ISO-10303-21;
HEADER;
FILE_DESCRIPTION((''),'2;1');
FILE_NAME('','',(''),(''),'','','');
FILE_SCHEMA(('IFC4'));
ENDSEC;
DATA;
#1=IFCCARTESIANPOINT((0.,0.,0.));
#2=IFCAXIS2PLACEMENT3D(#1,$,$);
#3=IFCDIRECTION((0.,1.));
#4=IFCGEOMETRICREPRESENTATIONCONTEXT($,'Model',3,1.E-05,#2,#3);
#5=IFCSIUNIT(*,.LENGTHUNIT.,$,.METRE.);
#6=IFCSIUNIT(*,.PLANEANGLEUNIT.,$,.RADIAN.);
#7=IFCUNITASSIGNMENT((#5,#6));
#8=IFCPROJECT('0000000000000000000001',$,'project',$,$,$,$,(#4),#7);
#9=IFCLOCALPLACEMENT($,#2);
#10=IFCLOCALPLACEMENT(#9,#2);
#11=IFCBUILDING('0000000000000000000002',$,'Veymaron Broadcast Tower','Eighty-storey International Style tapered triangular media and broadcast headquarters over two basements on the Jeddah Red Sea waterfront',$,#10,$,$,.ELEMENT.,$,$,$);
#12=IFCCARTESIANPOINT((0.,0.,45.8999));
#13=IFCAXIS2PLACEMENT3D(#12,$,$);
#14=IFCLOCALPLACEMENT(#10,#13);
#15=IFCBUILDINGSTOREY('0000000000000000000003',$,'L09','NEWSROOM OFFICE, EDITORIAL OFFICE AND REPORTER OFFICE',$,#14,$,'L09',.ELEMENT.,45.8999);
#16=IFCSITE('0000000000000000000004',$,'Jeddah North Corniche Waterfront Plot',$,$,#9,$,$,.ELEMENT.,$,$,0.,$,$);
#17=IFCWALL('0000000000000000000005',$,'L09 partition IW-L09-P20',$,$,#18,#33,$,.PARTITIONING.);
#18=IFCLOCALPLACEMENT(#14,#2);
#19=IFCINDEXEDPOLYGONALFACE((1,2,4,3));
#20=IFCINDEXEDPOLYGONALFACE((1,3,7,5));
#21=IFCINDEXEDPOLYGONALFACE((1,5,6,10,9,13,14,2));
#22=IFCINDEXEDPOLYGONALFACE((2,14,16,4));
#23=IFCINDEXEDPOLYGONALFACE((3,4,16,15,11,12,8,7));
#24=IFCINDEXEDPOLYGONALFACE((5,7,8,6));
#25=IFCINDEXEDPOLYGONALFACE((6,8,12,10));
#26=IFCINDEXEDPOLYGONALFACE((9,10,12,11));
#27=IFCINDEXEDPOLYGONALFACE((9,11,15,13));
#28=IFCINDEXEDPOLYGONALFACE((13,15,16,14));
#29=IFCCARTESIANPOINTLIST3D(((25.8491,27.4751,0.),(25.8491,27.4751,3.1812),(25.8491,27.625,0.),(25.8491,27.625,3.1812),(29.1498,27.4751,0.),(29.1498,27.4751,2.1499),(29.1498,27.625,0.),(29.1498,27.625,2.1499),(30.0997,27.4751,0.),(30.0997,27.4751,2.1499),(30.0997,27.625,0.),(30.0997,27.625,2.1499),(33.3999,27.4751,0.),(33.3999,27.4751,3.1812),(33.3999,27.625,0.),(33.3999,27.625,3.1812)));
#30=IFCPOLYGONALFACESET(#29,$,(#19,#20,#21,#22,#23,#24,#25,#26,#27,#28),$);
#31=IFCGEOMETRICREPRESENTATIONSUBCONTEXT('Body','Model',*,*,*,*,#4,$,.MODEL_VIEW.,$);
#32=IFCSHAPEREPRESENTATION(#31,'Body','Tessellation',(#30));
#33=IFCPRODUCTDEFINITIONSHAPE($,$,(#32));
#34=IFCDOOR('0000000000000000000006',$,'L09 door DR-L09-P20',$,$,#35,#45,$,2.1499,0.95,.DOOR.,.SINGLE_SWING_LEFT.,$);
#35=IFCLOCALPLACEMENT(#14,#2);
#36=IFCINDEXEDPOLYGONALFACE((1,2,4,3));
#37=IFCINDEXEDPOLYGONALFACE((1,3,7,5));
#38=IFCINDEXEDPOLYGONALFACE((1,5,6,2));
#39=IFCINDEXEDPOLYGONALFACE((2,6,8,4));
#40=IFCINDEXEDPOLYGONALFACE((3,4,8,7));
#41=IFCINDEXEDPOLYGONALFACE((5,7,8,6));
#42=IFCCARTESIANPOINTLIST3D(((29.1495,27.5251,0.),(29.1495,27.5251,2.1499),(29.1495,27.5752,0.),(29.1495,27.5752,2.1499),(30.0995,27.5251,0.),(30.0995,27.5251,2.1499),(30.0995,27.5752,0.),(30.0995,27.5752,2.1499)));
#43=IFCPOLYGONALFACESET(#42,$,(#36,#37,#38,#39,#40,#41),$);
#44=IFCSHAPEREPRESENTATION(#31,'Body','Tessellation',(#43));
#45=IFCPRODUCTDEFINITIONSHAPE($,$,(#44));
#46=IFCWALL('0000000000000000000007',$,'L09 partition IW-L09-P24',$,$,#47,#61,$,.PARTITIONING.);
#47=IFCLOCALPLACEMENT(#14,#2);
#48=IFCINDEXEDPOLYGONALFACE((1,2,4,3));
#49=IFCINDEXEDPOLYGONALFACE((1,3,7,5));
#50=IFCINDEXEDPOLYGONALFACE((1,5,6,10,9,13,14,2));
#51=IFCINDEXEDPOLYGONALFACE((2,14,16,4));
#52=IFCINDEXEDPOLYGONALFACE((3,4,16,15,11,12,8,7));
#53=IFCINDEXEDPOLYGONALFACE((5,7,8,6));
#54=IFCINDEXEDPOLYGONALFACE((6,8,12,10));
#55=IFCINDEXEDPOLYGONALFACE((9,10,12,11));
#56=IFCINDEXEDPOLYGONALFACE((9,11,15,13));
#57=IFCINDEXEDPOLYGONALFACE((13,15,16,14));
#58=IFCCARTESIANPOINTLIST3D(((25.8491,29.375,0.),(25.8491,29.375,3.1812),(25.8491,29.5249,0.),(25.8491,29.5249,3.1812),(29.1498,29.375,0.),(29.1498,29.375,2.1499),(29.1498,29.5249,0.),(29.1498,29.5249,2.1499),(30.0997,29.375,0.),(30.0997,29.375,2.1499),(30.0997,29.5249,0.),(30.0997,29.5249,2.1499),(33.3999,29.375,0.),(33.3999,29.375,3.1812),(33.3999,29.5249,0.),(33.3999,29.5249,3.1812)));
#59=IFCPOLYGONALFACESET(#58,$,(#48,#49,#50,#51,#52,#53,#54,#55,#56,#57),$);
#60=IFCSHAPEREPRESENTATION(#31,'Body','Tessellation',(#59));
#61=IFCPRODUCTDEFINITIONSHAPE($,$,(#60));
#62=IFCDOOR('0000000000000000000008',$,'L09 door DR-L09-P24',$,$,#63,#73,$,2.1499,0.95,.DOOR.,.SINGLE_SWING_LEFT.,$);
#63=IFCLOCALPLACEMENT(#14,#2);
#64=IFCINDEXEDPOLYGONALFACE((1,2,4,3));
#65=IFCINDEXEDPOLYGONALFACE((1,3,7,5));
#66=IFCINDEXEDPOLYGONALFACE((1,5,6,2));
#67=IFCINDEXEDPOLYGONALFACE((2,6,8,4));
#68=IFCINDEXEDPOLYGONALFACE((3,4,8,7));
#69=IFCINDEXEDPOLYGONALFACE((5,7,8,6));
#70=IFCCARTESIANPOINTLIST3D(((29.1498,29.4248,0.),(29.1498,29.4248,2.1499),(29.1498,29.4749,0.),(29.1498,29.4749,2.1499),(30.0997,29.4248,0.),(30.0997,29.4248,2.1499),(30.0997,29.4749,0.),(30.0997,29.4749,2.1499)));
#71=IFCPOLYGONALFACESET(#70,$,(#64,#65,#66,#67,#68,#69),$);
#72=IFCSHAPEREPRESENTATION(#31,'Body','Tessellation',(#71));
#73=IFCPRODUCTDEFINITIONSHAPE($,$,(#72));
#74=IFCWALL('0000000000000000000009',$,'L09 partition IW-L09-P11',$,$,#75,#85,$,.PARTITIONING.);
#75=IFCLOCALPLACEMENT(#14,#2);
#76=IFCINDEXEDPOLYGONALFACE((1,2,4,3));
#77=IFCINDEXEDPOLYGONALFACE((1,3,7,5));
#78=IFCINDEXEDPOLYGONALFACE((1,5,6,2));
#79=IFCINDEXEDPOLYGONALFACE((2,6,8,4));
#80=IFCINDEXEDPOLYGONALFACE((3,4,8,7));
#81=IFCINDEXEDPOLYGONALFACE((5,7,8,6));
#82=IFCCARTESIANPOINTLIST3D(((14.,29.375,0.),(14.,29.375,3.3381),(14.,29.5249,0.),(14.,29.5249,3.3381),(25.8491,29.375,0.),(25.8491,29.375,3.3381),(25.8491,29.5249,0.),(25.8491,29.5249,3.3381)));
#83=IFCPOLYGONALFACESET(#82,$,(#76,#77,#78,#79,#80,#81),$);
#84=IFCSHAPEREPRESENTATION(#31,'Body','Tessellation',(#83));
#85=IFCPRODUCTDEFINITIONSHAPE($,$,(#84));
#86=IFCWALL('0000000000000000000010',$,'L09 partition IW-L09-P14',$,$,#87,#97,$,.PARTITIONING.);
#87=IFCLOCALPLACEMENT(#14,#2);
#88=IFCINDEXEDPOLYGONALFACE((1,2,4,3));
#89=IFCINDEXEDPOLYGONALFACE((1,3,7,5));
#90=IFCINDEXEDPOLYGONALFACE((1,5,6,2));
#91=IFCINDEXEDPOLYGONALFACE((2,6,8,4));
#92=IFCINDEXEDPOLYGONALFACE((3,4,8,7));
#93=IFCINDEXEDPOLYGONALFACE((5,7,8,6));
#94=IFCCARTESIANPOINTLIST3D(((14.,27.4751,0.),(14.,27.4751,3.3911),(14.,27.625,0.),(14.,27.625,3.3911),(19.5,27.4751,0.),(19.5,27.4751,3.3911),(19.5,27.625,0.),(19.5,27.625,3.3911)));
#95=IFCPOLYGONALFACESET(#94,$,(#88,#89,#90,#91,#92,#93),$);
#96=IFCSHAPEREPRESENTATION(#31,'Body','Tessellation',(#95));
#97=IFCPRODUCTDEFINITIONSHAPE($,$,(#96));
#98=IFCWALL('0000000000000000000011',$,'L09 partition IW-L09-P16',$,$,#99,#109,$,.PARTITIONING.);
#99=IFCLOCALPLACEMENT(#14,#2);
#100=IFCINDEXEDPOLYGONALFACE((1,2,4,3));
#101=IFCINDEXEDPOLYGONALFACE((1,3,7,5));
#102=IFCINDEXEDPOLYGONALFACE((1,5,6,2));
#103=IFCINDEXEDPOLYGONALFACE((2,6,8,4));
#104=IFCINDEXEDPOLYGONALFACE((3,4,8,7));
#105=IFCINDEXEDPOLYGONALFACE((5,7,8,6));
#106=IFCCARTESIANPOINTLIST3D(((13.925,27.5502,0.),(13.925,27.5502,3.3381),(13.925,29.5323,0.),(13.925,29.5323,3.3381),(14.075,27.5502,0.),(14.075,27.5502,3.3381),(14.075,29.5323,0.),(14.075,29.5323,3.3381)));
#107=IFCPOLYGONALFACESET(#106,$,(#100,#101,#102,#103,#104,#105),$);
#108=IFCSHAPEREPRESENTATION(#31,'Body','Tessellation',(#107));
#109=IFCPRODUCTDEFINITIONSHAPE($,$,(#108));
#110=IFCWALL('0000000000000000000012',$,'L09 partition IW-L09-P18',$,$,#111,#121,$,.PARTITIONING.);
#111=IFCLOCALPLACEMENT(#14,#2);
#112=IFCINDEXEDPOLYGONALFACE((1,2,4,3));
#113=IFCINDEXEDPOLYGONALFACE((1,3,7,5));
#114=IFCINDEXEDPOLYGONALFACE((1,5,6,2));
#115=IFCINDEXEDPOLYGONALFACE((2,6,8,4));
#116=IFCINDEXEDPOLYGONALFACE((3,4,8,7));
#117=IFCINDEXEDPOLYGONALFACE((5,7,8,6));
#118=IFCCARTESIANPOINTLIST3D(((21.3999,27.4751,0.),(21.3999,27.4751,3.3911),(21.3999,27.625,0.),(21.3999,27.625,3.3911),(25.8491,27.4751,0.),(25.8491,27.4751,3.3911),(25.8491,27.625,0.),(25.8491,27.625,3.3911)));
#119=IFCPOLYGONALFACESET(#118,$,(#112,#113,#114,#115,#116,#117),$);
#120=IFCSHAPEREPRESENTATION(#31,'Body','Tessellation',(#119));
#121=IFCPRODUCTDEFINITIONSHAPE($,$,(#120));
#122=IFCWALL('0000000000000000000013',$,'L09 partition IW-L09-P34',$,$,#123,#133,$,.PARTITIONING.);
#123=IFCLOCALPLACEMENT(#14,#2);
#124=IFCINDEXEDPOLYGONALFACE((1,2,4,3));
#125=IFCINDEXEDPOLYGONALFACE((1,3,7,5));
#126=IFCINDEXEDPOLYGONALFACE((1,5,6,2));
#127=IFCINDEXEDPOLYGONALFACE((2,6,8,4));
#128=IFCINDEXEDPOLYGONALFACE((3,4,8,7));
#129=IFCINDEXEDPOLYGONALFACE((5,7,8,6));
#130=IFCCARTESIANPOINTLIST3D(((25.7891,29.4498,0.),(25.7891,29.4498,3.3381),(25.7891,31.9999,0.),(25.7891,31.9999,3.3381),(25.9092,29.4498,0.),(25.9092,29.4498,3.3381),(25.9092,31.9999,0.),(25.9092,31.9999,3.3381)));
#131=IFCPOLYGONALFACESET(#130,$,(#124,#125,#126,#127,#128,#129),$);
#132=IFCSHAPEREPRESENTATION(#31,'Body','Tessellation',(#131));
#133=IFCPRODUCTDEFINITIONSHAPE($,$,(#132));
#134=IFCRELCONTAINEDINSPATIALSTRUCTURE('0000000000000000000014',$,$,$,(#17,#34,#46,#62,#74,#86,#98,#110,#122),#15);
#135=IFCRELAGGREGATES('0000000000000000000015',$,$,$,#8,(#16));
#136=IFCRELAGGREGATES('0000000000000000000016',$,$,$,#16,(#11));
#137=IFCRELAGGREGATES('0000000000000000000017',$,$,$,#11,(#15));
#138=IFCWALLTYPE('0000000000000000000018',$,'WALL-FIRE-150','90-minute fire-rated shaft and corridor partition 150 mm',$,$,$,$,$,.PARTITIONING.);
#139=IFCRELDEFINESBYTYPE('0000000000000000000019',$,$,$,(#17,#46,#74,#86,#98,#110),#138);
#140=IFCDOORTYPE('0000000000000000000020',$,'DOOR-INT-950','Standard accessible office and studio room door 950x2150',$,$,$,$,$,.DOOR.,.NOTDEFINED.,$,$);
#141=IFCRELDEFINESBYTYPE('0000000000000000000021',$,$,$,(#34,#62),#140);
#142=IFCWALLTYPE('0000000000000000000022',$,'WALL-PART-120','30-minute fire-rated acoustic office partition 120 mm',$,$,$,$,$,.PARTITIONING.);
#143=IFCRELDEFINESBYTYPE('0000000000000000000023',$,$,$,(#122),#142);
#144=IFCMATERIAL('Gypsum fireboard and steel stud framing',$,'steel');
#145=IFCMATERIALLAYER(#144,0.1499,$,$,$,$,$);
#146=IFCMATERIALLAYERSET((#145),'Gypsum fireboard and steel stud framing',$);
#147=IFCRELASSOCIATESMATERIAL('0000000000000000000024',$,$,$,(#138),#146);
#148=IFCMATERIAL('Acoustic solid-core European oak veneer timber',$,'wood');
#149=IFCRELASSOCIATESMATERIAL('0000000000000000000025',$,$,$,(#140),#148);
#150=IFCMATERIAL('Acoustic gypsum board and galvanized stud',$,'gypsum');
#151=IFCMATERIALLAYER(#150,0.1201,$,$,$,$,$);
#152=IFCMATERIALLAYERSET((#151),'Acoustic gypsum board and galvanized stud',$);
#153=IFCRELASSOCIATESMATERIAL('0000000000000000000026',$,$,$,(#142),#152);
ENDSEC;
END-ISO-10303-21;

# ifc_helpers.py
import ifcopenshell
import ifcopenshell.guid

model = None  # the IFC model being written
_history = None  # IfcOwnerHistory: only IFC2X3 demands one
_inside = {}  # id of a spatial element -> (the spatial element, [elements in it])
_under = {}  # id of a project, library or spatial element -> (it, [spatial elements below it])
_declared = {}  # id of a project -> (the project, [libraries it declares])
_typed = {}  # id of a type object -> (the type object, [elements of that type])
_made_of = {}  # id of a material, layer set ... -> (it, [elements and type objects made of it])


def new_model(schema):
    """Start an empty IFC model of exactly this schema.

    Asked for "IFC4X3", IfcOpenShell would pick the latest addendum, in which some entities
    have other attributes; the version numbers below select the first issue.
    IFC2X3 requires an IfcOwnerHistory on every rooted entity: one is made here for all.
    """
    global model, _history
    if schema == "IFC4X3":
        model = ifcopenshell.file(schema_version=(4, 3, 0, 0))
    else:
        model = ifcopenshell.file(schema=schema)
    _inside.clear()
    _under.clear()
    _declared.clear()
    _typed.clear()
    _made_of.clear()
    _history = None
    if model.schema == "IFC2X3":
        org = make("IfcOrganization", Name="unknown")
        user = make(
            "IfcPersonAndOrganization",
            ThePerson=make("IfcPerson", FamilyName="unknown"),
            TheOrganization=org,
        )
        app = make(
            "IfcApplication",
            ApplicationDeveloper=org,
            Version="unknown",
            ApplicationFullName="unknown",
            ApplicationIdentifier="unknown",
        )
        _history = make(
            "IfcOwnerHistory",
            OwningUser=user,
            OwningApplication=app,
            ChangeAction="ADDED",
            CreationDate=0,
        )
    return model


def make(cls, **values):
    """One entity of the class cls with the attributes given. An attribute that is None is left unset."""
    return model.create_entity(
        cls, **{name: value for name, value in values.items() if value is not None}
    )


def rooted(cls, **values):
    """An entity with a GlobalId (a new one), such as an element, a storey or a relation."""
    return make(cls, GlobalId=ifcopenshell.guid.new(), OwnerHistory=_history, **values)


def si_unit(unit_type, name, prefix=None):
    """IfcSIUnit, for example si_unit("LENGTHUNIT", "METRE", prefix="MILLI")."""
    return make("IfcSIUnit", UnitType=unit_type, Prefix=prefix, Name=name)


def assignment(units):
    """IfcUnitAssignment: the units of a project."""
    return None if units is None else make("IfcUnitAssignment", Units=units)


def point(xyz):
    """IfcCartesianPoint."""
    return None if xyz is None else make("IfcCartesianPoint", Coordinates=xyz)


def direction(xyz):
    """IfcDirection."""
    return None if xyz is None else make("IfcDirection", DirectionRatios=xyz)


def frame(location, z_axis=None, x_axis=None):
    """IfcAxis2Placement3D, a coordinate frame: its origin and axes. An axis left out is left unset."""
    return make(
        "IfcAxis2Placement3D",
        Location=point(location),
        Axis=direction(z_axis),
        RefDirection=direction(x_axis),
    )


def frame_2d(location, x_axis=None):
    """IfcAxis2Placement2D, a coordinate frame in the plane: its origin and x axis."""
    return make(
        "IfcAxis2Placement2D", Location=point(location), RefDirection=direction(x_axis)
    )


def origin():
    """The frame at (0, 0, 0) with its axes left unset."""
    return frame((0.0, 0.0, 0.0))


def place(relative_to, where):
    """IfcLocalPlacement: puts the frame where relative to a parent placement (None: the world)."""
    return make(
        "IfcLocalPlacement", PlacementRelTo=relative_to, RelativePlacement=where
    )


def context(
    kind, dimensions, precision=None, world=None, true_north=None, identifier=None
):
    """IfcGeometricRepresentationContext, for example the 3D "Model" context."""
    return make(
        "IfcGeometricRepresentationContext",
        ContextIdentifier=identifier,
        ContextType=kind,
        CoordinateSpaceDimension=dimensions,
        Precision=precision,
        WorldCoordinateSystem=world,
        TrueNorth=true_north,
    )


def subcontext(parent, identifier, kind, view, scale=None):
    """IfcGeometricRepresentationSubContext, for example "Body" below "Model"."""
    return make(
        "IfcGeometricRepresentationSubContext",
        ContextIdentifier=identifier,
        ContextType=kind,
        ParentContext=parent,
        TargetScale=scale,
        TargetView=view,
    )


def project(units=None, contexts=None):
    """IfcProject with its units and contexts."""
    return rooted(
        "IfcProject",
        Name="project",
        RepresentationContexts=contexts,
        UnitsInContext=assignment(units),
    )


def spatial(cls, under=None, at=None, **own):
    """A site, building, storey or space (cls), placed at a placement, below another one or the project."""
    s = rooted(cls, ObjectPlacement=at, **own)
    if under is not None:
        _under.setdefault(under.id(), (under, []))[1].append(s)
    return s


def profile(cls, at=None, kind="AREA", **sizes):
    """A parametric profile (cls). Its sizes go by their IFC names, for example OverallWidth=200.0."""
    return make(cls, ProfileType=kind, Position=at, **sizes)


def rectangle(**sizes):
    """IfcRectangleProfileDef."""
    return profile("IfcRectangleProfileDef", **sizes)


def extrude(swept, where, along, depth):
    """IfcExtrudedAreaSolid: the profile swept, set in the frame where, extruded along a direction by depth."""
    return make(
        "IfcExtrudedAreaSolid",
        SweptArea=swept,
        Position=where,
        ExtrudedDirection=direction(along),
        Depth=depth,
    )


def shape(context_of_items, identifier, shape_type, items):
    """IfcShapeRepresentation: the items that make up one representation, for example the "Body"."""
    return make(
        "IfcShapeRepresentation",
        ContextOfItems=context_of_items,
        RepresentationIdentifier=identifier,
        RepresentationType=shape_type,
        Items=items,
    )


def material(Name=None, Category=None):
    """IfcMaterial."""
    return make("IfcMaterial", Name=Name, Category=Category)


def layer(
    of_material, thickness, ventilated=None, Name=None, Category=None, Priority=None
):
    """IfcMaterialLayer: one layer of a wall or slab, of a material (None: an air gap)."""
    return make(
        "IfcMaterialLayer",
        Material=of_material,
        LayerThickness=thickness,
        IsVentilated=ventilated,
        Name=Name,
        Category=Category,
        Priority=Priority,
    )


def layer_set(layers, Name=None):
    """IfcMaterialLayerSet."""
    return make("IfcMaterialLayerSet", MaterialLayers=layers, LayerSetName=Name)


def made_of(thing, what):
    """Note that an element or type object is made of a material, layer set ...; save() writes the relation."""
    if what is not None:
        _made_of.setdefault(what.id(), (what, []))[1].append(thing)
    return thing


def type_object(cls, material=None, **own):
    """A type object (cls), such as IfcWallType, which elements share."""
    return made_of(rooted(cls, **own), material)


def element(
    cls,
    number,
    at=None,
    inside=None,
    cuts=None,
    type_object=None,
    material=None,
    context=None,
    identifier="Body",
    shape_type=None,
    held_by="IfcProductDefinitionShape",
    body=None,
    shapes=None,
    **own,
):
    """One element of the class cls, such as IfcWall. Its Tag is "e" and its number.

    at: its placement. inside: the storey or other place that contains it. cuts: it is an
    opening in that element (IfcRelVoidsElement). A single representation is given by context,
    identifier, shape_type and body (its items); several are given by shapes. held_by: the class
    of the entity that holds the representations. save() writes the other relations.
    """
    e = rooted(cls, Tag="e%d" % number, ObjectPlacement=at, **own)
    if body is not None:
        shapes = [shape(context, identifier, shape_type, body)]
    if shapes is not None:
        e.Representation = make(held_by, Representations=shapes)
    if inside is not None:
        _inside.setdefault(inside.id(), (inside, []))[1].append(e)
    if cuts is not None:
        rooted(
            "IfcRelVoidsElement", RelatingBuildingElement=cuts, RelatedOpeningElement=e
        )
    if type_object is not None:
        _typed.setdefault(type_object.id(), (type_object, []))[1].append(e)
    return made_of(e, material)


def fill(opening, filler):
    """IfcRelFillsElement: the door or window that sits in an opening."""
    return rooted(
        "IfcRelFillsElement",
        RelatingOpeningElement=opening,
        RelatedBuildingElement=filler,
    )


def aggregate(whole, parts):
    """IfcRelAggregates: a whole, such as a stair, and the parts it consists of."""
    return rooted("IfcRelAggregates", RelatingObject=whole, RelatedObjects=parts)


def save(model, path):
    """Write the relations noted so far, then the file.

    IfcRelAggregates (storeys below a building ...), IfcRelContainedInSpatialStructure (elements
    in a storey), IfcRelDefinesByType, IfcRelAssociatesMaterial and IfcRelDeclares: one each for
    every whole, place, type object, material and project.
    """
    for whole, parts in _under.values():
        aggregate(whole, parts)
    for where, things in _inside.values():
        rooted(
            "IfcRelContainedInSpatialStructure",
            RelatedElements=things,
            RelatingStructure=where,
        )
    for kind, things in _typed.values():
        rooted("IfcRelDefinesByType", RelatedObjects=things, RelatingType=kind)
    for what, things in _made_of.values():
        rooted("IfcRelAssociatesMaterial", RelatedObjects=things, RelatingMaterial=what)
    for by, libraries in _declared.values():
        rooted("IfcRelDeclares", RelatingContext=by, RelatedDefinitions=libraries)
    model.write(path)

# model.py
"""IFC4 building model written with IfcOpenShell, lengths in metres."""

from ifc_helpers import new_model, si_unit, direction, frame, frame_2d, origin, place, context, subcontext, project, spatial, rectangle, extrude, material, layer, layer_set, type_object, element, fill, save


model = new_model("IFC4")

# Units and contexts
model_context = context("Model", 3, precision=1e-05, world=origin(), true_north=direction((0.0, 1.0)))
body_context = subcontext(model_context, "Body", "Model", "MODEL_VIEW")
ifc_project = project(units=[si_unit("LENGTHUNIT", "METRE"), si_unit("PLANEANGLEUNIT", "RADIAN")], contexts=[model_context])

# Site, building, storey
site_placement = place(None, origin())
site = spatial("IfcSite", under=ifc_project, at=site_placement, Name="Jeddah North Corniche Waterfront Plot", CompositionType="ELEMENT", RefElevation=0.0)
building_placement = place(site_placement, origin())
building = spatial("IfcBuilding", under=site, at=building_placement, Name="Veymaron Broadcast Tower", Description="Eighty-storey International Style tapered triangular media and broadcast headquarters over two basements on the Jeddah Red Sea waterfront", CompositionType="ELEMENT")
storey_placement = place(building_placement, frame((0.0, 0.0, 45.8999)))
storey = spatial("IfcBuildingStorey", under=building, at=storey_placement, Name="L09", Description="NEWSROOM OFFICE, EDITORIAL OFFICE AND REPORTER OFFICE", LongName="L09", CompositionType="ELEMENT", Elevation=45.8999)

# Walls, openings, doors
ifc_material_1 = material(Name="Gypsum fireboard and steel stud framing", Category="steel")
ifc_layer_1 = layer(ifc_material_1, 0.1499)
ifc_layer_set_1 = layer_set([ifc_layer_1], Name="Gypsum fireboard and steel stud framing")
wall_type_1 = type_object("IfcWallType", Name="WALL-FIRE-150", Description="90-minute fire-rated shaft and corridor partition 150 mm", PredefinedType="PARTITIONING", material=ifc_layer_set_1)
wall_1_placement = place(storey_placement, frame((25.8491, 27.55, 0.0), z_axis=(0.0, 0.0, 1.0), x_axis=(1.0, 0.0, 0.0)))
wall_1 = element("IfcWall", 1, at=wall_1_placement, inside=storey, type_object=wall_type_1, Name="L09 partition IW-L09-P20", PredefinedType="PARTITIONING", context=body_context, shape_type="SweptSolid", body=[
    extrude(rectangle(XDim=7.5508, YDim=0.1499, at=frame_2d((3.7754, 0.0))), origin(), (0.0, 0.0, 1.0), 3.1812),
])
opening_1_placement = place(wall_1_placement, frame((3.3005, 0.0, 0.0)))
opening_1 = element("IfcOpeningElement", 2, at=opening_1_placement, cuts=wall_1, PredefinedType="OPENING", context=body_context, shape_type="SweptSolid", body=[
    extrude(rectangle(XDim=0.95, YDim=2.1499, at=frame_2d((0.4751, 1.075))), frame((0.0, 0.085, 0.0), z_axis=(0.0, -1.0, 0.0), x_axis=(1.0, 0.0, 0.0)), (0.0, 0.0, 1.0), 0.1699),
])
ifc_material_2 = material(Name="Acoustic solid-core European oak veneer timber", Category="wood")
door_type = type_object("IfcDoorType", Name="DOOR-INT-950", Description="Standard accessible office and studio room door 950x2150", OperationType="NOTDEFINED", PredefinedType="DOOR", material=ifc_material_2)
door_1_placement = place(opening_1_placement, frame((0.95, 0.0, 0.0), z_axis=(0.0, 0.0, 1.0), x_axis=(-1.0, 0.0, 0.0)))
door_1 = element("IfcDoor", 3, at=door_1_placement, inside=storey, type_object=door_type, Name="L09 door DR-L09-P20", OperationType="SINGLE_SWING_LEFT", OverallHeight=2.1499, OverallWidth=0.95, PredefinedType="DOOR", context=body_context, shape_type="SweptSolid", body=[
    extrude(rectangle(XDim=0.95, YDim=2.1499, at=frame_2d((0.4751, 1.075))), frame((0.0, 0.0249, 0.0), z_axis=(0.0, -1.0, 0.0), x_axis=(1.0, 0.0, 0.0)), (0.0, 0.0, 1.0), 0.05),
])
fill(opening_1, door_1)
wall_2_placement = place(storey_placement, frame((25.8491, 29.45, 0.0), z_axis=(0.0, 0.0, 1.0), x_axis=(1.0, 0.0, 0.0)))
wall_2 = element("IfcWall", 4, at=wall_2_placement, inside=storey, type_object=wall_type_1, Name="L09 partition IW-L09-P24", PredefinedType="PARTITIONING", context=body_context, shape_type="SweptSolid", body=[
    extrude(rectangle(XDim=7.5508, YDim=0.1499, at=frame_2d((3.7754, 0.0))), origin(), (0.0, 0.0, 1.0), 3.1812),
])
opening_2_placement = place(wall_2_placement, frame((3.3005, 0.0, 0.0)))
opening_2 = element("IfcOpeningElement", 5, at=opening_2_placement, cuts=wall_2, PredefinedType="OPENING", context=body_context, shape_type="SweptSolid", body=[
    extrude(rectangle(XDim=0.95, YDim=2.1499, at=frame_2d((0.4751, 1.075))), frame((0.0, 0.085, 0.0), z_axis=(0.0, -1.0, 0.0), x_axis=(1.0, 0.0, 0.0)), (0.0, 0.0, 1.0), 0.1699),
])
door_2_placement = place(opening_2_placement, origin())
door_2 = element("IfcDoor", 6, at=door_2_placement, inside=storey, type_object=door_type, Name="L09 door DR-L09-P24", OperationType="SINGLE_SWING_LEFT", OverallHeight=2.1499, OverallWidth=0.95, PredefinedType="DOOR", context=body_context, shape_type="SweptSolid", body=[
    extrude(rectangle(XDim=0.95, YDim=2.1499, at=frame_2d((0.4751, 1.075))), frame((0.0, 0.0249, 0.0), z_axis=(0.0, -1.0, 0.0), x_axis=(1.0, 0.0, 0.0)), (0.0, 0.0, 1.0), 0.05),
])
fill(opening_2, door_2)

# Walls
wall_3_placement = place(storey_placement, frame((14.0, 29.45, 0.0), z_axis=(0.0, 0.0, 1.0), x_axis=(1.0, 0.0, 0.0)))
element("IfcWall", 7, at=wall_3_placement, inside=storey, type_object=wall_type_1, Name="L09 partition IW-L09-P11", PredefinedType="PARTITIONING", context=body_context, shape_type="SweptSolid", body=[
    extrude(rectangle(XDim=11.8491, YDim=0.1499, at=frame_2d((5.9246, 0.0))), origin(), (0.0, 0.0, 1.0), 3.3381),
])
wall_4_placement = place(storey_placement, frame((14.0, 27.55, 0.0), z_axis=(0.0, 0.0, 1.0), x_axis=(1.0, 0.0, 0.0)))
element("IfcWall", 8, at=wall_4_placement, inside=storey, type_object=wall_type_1, Name="L09 partition IW-L09-P14", PredefinedType="PARTITIONING", context=body_context, shape_type="SweptSolid", body=[
    extrude(rectangle(XDim=5.5, YDim=0.1499, at=frame_2d((2.75, 0.0))), origin(), (0.0, 0.0, 1.0), 3.3911),
])
wall_5_placement = place(storey_placement, frame((14.0, 27.55, 0.0), z_axis=(0.0, 0.0, 1.0), x_axis=(0.0, 1.0, 0.0)))
element("IfcWall", 9, at=wall_5_placement, inside=storey, type_object=wall_type_1, Name="L09 partition IW-L09-P16", PredefinedType="PARTITIONING", context=body_context, shape_type="SweptSolid", body=[
    extrude(rectangle(XDim=1.9822, YDim=0.1499, at=frame_2d((0.9912, 0.0))), origin(), (0.0, 0.0, 1.0), 3.3381),
])
wall_6_placement = place(storey_placement, frame((21.3999, 27.55, 0.0), z_axis=(0.0, 0.0, 1.0), x_axis=(1.0, 0.0, 0.0)))
element("IfcWall", 10, at=wall_6_placement, inside=storey, type_object=wall_type_1, Name="L09 partition IW-L09-P18", PredefinedType="PARTITIONING", context=body_context, shape_type="SweptSolid", body=[
    extrude(rectangle(XDim=4.4492, YDim=0.1499, at=frame_2d((2.2246, 0.0))), origin(), (0.0, 0.0, 1.0), 3.3911),
])
ifc_material_3 = material(Name="Acoustic gypsum board and galvanized stud", Category="gypsum")
ifc_layer_2 = layer(ifc_material_3, 0.1201)
ifc_layer_set_2 = layer_set([ifc_layer_2], Name="Acoustic gypsum board and galvanized stud")
wall_type_2 = type_object("IfcWallType", Name="WALL-PART-120", Description="30-minute fire-rated acoustic office partition 120 mm", PredefinedType="PARTITIONING", material=ifc_layer_set_2)
wall_7_placement = place(storey_placement, frame((25.8491, 29.45, 0.0), z_axis=(0.0, 0.0, 1.0), x_axis=(0.0, 1.0, 0.0)))
element("IfcWall", 11, at=wall_7_placement, inside=storey, type_object=wall_type_2, Name="L09 partition IW-L09-P34", PredefinedType="PARTITIONING", context=body_context, shape_type="SweptSolid", body=[
    extrude(rectangle(XDim=2.55, YDim=0.1201, at=frame_2d((1.2749, 0.0))), origin(), (0.0, 0.0, 1.0), 3.3381),
])

save(model, "model.ifc")
